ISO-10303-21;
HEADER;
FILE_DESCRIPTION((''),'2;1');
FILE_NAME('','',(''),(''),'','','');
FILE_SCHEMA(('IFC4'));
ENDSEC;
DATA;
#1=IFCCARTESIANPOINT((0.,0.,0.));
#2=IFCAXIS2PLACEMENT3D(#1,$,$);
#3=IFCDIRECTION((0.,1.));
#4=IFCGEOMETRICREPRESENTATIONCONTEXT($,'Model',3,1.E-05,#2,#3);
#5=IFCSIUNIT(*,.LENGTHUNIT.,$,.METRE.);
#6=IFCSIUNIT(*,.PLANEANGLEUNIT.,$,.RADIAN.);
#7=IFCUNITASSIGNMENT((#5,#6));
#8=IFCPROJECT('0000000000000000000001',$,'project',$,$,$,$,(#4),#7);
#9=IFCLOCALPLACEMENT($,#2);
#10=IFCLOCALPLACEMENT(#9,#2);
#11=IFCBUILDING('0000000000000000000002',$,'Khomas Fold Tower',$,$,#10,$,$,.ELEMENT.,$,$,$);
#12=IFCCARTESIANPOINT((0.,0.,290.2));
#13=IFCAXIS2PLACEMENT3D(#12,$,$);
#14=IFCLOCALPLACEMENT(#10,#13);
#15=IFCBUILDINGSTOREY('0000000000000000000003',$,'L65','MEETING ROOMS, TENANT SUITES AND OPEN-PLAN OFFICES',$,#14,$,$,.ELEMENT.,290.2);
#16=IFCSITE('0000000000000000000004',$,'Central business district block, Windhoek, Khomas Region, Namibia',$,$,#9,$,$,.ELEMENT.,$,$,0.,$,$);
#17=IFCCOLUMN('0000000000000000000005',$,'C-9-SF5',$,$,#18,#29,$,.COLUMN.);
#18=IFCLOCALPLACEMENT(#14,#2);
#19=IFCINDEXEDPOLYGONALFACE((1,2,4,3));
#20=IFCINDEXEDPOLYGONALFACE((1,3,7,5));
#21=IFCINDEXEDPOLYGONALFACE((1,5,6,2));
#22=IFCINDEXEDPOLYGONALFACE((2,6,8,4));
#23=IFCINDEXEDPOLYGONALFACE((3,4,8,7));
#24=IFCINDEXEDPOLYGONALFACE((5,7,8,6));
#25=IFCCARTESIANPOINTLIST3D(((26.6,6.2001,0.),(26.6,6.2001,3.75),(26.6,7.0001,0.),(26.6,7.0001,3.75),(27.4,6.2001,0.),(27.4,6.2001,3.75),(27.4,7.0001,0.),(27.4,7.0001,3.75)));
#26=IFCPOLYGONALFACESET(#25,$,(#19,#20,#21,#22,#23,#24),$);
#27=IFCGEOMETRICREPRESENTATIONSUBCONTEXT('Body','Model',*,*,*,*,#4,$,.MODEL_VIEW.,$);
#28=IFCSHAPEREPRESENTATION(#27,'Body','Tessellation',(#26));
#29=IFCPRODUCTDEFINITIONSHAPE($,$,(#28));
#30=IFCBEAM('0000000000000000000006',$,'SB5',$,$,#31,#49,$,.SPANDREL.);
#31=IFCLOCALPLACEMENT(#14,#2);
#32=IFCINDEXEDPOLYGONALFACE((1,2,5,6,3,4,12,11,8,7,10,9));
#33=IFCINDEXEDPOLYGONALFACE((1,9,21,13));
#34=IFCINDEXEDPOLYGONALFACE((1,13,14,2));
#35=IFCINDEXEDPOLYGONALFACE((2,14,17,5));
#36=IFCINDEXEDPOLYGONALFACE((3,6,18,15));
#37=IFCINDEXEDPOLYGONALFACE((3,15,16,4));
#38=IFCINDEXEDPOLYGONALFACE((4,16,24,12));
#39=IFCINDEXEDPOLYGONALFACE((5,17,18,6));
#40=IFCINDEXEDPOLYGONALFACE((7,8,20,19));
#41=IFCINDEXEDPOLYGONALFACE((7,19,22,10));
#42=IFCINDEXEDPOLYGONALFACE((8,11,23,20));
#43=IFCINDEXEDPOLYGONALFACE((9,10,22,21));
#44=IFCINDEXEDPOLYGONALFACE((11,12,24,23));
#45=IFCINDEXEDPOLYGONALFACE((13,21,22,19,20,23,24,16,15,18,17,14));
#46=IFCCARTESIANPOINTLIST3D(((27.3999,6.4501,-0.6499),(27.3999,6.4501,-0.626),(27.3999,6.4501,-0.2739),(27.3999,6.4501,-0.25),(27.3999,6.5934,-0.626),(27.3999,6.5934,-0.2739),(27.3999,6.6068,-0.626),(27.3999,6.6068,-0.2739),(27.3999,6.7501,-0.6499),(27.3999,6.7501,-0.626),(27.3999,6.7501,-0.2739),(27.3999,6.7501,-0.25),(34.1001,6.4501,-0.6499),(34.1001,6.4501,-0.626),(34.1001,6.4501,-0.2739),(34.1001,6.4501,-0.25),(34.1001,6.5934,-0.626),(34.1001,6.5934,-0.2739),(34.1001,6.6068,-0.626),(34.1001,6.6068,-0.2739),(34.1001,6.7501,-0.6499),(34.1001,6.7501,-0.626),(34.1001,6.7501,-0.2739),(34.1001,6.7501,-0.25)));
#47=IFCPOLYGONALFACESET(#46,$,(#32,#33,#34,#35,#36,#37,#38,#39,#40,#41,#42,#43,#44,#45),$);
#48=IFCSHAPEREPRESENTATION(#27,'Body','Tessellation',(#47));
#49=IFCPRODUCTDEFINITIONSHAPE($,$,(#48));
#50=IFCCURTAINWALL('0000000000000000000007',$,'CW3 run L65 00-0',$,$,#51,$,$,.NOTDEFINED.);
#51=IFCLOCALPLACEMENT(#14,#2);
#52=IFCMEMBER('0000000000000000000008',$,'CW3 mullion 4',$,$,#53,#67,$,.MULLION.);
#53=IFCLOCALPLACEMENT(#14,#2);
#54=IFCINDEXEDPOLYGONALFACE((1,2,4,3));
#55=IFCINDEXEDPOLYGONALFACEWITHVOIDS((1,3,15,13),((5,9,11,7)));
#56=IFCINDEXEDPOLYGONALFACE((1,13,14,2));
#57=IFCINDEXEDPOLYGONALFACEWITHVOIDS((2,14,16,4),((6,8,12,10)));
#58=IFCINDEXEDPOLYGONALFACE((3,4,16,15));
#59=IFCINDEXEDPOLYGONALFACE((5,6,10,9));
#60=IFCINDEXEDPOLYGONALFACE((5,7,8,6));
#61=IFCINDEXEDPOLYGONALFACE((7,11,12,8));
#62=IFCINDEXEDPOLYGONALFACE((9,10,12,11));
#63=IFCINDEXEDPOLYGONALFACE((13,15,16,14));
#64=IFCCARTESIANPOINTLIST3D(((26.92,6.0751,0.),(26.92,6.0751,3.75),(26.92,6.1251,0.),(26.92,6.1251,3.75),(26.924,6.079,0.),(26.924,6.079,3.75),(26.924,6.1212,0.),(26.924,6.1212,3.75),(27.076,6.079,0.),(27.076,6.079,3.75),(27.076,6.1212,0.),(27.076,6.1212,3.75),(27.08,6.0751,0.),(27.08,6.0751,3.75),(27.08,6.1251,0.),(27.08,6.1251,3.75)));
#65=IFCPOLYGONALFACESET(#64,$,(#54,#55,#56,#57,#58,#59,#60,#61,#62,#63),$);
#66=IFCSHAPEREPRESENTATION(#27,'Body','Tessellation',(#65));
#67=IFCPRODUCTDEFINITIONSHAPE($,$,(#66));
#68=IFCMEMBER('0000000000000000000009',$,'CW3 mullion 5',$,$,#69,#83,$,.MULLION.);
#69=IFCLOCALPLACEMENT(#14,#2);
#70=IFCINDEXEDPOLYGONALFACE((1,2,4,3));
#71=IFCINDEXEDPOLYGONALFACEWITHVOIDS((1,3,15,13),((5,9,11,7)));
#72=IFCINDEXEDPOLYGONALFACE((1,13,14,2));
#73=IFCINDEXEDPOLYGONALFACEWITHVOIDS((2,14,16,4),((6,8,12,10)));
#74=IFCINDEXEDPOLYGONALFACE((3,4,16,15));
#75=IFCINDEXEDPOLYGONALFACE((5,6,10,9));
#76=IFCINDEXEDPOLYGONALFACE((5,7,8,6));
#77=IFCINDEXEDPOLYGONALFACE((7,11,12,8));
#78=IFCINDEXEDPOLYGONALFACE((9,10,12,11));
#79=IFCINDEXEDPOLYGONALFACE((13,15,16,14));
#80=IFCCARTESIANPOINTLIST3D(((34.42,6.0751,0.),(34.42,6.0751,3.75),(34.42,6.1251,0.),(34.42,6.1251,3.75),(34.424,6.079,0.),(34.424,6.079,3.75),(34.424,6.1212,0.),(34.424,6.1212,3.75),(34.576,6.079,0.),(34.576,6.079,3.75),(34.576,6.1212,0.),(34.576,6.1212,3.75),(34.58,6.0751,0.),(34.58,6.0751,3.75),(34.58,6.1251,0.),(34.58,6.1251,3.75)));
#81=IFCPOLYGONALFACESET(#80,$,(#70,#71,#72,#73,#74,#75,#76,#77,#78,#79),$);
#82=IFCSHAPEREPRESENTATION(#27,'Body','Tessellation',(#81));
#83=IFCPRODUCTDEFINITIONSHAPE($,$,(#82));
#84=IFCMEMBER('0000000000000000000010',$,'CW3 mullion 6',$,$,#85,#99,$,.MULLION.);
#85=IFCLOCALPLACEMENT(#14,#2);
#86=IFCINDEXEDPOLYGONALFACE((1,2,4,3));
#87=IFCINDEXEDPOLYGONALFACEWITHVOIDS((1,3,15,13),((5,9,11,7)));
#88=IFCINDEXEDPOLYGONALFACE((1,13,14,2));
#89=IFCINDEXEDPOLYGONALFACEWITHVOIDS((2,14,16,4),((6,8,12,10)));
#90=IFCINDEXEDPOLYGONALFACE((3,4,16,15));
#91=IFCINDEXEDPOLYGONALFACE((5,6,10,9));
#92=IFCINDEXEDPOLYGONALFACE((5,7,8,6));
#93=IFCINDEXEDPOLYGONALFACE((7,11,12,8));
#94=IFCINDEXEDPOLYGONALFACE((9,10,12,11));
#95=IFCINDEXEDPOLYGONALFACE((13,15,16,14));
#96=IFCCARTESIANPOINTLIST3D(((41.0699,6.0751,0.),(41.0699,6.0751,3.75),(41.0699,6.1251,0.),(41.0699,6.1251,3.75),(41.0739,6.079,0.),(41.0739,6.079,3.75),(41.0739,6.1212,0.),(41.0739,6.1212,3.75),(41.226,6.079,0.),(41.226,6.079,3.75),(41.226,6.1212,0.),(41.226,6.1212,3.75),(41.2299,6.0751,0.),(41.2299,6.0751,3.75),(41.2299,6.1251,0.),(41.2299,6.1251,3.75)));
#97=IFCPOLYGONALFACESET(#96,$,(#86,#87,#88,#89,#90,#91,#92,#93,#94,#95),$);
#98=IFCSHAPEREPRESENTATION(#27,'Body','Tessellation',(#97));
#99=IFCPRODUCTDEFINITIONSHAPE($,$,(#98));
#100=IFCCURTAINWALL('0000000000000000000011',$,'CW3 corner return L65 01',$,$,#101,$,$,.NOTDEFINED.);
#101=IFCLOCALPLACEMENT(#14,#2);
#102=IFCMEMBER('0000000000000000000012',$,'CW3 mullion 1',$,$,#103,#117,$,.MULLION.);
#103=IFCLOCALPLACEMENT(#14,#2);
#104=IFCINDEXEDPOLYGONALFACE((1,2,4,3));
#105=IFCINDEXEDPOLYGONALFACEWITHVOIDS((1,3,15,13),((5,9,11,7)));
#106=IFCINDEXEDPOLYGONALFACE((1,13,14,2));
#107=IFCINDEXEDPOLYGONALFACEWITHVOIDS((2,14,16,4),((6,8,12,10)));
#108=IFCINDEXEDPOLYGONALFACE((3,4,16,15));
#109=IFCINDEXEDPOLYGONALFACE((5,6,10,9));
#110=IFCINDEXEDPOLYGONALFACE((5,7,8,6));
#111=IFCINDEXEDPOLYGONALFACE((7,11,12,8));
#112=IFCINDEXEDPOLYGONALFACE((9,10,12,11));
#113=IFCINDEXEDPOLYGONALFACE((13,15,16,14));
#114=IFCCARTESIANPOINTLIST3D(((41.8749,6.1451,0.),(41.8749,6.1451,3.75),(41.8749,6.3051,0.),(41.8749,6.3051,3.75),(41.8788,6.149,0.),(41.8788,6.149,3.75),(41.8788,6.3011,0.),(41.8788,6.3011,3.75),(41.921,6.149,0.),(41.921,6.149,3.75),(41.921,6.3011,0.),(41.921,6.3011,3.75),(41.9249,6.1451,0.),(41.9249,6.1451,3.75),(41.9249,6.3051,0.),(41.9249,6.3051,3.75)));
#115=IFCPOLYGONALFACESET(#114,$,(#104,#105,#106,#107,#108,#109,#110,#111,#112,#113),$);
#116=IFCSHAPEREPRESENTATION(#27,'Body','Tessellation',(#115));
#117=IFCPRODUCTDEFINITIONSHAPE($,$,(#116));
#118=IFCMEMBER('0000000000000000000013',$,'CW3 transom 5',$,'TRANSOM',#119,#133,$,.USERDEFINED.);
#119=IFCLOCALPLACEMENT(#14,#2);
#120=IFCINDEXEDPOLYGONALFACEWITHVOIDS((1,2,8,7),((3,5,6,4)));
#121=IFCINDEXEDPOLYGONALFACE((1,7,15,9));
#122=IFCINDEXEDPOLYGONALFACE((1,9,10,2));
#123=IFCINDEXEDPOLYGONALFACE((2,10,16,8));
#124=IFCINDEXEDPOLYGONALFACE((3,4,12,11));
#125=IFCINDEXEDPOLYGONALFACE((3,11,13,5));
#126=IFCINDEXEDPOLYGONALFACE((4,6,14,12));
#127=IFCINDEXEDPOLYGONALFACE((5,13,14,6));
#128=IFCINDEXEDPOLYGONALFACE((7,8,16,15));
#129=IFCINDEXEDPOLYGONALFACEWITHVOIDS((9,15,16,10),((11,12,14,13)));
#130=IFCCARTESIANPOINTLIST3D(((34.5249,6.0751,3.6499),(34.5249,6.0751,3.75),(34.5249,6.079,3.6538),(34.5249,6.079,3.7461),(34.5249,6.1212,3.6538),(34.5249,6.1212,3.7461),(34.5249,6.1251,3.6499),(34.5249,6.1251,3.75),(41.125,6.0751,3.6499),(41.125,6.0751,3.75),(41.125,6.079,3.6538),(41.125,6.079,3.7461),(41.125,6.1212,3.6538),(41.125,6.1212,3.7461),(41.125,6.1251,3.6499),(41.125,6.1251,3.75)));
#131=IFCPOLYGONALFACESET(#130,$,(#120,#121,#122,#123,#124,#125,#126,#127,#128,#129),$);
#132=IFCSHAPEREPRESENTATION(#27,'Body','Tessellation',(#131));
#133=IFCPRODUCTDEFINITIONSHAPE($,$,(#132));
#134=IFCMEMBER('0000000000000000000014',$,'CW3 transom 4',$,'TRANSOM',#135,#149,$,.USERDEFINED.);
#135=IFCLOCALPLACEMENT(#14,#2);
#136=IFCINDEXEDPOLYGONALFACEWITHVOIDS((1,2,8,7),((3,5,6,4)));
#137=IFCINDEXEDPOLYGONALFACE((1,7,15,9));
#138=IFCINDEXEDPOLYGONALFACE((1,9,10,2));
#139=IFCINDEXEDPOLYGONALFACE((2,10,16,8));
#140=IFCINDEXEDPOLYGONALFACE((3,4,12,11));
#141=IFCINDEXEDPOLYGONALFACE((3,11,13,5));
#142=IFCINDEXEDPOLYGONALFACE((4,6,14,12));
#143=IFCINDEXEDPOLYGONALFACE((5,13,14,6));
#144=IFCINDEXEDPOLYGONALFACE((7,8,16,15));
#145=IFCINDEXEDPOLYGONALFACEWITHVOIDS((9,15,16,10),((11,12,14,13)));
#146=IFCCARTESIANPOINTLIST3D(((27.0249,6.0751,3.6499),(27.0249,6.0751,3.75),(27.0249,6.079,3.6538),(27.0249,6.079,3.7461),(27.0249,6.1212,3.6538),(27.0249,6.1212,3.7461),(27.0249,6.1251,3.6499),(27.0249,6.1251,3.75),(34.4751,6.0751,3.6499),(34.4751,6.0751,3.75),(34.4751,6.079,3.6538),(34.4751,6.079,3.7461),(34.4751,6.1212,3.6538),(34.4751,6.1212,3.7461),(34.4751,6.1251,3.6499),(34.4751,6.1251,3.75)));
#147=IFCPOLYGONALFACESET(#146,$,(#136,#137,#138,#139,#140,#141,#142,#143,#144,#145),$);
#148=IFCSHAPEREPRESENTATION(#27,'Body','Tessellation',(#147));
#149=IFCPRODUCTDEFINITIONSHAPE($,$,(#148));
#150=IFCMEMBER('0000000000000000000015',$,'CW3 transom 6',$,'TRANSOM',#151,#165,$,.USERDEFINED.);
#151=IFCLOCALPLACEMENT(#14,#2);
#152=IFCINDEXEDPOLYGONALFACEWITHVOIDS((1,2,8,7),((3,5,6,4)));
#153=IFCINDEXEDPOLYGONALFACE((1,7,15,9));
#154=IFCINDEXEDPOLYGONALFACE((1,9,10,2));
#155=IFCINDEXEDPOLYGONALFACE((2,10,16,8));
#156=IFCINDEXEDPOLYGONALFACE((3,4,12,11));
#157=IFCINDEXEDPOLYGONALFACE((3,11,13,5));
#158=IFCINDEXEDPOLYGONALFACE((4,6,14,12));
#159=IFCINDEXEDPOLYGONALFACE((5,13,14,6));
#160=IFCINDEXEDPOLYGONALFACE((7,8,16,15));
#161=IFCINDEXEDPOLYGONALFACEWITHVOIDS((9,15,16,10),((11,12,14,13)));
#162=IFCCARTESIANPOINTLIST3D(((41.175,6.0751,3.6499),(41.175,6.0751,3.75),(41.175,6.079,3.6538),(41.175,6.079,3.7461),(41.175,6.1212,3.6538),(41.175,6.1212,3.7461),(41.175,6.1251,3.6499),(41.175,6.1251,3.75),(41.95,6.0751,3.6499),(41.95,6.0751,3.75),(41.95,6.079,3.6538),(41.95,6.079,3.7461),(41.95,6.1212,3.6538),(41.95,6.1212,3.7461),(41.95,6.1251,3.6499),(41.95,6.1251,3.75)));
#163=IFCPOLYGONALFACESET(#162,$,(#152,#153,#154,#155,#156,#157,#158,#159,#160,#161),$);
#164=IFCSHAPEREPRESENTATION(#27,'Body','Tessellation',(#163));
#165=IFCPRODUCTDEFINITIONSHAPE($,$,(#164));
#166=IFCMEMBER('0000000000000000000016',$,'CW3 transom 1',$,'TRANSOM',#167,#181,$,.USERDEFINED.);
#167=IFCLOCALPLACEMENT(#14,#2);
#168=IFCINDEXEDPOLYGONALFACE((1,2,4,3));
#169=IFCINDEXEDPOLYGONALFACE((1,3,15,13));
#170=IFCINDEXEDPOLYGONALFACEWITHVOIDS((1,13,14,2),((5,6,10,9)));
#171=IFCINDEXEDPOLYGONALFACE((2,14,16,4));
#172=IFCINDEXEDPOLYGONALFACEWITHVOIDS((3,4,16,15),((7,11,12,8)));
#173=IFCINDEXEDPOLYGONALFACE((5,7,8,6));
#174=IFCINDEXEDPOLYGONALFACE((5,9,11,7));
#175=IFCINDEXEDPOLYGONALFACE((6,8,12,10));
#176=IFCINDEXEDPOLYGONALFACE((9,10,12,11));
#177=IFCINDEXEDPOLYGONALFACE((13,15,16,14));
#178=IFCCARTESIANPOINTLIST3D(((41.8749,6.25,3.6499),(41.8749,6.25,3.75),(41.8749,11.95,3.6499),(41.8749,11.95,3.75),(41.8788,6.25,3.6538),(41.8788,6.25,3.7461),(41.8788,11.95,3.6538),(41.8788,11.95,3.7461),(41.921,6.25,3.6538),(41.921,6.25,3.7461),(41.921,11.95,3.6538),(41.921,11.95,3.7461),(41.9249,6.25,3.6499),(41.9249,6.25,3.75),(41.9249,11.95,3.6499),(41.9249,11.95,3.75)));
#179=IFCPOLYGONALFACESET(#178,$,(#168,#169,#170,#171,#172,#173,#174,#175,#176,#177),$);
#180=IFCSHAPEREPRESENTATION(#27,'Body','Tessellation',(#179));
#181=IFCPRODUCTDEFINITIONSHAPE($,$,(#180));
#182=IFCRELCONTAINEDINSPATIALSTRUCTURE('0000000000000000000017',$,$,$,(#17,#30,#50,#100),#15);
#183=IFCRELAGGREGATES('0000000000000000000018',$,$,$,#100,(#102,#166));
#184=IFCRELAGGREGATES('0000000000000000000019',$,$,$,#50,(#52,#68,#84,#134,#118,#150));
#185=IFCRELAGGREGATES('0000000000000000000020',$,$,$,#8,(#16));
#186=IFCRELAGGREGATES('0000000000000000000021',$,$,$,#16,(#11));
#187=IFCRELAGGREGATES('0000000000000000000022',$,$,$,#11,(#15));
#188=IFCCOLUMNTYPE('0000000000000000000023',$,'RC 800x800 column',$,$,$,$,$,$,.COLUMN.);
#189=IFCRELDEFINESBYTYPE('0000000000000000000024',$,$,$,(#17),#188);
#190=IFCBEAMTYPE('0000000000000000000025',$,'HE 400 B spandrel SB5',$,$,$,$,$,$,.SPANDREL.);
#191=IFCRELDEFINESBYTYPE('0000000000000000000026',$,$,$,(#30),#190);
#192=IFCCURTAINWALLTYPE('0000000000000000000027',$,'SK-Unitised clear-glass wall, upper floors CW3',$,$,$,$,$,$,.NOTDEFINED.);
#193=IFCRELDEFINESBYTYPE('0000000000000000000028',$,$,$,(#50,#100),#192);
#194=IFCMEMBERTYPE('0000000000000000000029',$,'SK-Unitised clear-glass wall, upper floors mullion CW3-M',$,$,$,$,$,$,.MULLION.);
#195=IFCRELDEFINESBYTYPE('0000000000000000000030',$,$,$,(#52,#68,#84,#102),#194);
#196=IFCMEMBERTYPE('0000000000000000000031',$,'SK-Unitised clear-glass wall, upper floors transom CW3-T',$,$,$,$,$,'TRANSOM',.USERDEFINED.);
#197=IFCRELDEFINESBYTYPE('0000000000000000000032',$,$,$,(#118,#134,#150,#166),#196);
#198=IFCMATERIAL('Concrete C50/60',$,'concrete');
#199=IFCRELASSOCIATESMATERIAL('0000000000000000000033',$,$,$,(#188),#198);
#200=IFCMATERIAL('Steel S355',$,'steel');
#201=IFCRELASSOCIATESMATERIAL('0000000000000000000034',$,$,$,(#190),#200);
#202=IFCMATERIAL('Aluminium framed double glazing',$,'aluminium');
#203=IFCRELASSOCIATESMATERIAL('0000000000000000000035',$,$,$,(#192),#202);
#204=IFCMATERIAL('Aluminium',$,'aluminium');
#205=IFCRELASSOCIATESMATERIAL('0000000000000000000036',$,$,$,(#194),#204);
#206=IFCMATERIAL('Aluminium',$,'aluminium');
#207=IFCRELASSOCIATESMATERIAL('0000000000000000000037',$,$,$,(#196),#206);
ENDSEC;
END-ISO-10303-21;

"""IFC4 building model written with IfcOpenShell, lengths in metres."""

from ifc_helpers import new_model, si_unit, direction, frame, origin, origin_2d, place, context, subcontext, project, spatial, rectangle, hollow_rectangle, i_section, extrude, source, transform, mapped, material, material_profile, profile_set, type_object, element, aggregate, save


model = new_model("IFC4")

# Units and contexts
model_context = context("Model", 3, precision=1e-05, world=origin(), true_north=direction((0.0, 1.0)))
body_context = subcontext(model_context, "Body", "Model", "MODEL_VIEW")
ifc_project = project(units=[si_unit("LENGTHUNIT", "METRE"), si_unit("PLANEANGLEUNIT", "RADIAN")], contexts=[model_context])

# Site, building, storey
site_placement = place(None, origin())
site = spatial("IfcSite", under=ifc_project, at=site_placement, Name="Central business district block, Windhoek, Khomas Region, Namibia", CompositionType="ELEMENT", RefElevation=0.0)
building_placement = place(site_placement, origin())
building = spatial("IfcBuilding", under=site, at=building_placement, Name="Khomas Fold Tower", CompositionType="ELEMENT")
storey_placement = place(building_placement, frame((0.0, 0.0, 290.2)))
storey = spatial("IfcBuildingStorey", under=building, at=storey_placement, Name="L65", Description="MEETING ROOMS, TENANT SUITES AND OPEN-PLAN OFFICES", CompositionType="ELEMENT", Elevation=290.2)

# Column
ifc_material_1 = material(Name="Concrete C50/60", Category="concrete")
ifc_material_profile_1 = material_profile(ifc_material_1, rectangle(XDim=0.8, YDim=0.8, at=origin_2d()), Name="RC 800x800")
ifc_profile_set_1 = profile_set([ifc_material_profile_1], Name="Concrete C50/60")
column_type = type_object("IfcColumnType", Name="RC 800x800 column", PredefinedType="COLUMN", material=ifc_profile_set_1)
shared_shape_1 = source(origin(), body_context, "Body", "SweptSolid", [
    extrude(rectangle(XDim=0.8, YDim=0.8, at=origin_2d()), origin(), (0.0, 0.0, 1.0), 3.75),
])
column_placement = place(storey_placement, frame((27.0, 6.6001, 0.0), z_axis=(0.0, 0.0, 1.0), x_axis=(1.0, 0.0, 0.0)))
element("IfcColumn", 1, at=column_placement, inside=storey, type_object=column_type, Name="C-9-SF5", PredefinedType="COLUMN", context=body_context, shape_type="MappedRepresentation", body=[
    mapped(shared_shape_1, transform((0.0, 0.0, 0.0))),
])

# Beam
ifc_material_2 = material(Name="Steel S355", Category="steel")
ifc_material_profile_2 = material_profile(ifc_material_2, i_section(OverallWidth=0.3, OverallDepth=0.3999, WebThickness=0.0134, FlangeThickness=0.0239, at=origin_2d()), Name="HE 400 B")
ifc_profile_set_2 = profile_set([ifc_material_profile_2], Name="Steel S355")
beam_type = type_object("IfcBeamType", Name="HE 400 B spandrel SB5", PredefinedType="SPANDREL", material=ifc_profile_set_2)
shared_shape_2 = source(origin(), body_context, "Body", "SweptSolid", [
    extrude(i_section(OverallWidth=0.3, OverallDepth=0.3999, WebThickness=0.0134, FlangeThickness=0.0239, at=origin_2d()), origin(), (0.0, 0.0, 1.0), 6.7002),
])
beam_placement = place(storey_placement, frame((27.3999, 6.6001, -0.45), z_axis=(1.0, 0.0, 0.0), x_axis=(0.0, 1.0, 0.0)))
element("IfcBeam", 2, at=beam_placement, inside=storey, type_object=beam_type, Name="SB5", PredefinedType="SPANDREL", context=body_context, shape_type="MappedRepresentation", body=[
    mapped(shared_shape_2, transform((0.0, 0.0, 0.0))),
])

# Curtain wall, members
ifc_material_3 = material(Name="Aluminium framed double glazing", Category="aluminium")
curtain_wall_type = type_object("IfcCurtainWallType", Name="SK-Unitised clear-glass wall, upper floors CW3", PredefinedType="NOTDEFINED", material=ifc_material_3)
curtain_wall_1_placement = place(storey_placement, origin())
curtain_wall_1 = element("IfcCurtainWall", 3, at=curtain_wall_1_placement, inside=storey, type_object=curtain_wall_type, Name="CW3 run L65 00-0", PredefinedType="NOTDEFINED")
ifc_material_4 = material(Name="Aluminium", Category="aluminium")
ifc_material_profile_3 = material_profile(ifc_material_4, hollow_rectangle(XDim=0.05, YDim=0.1599, WallThickness=0.0039, at=origin_2d()), Name="SK-Unitised clear-glass wall, upper floors mullion CW3-M")
ifc_profile_set_3 = profile_set([ifc_material_profile_3], Name="Aluminium")
member_type_1 = type_object("IfcMemberType", Name="SK-Unitised clear-glass wall, upper floors mullion CW3-M", PredefinedType="MULLION", material=ifc_profile_set_3)
shared_shape_3 = source(origin(), body_context, "Body", "SweptSolid", [
    extrude(hollow_rectangle(XDim=0.05, YDim=0.1599, WallThickness=0.0039, at=origin_2d()), origin(), (0.0, 0.0, 1.0), 3.75),
])
member_1_placement = place(storey_placement, frame((27.0, 6.1001, 0.0), z_axis=(0.0, 0.0, 1.0), x_axis=(0.0, 1.0, 0.0)))
member_1 = element("IfcMember", 4, at=member_1_placement, type_object=member_type_1, Name="CW3 mullion 4", PredefinedType="MULLION", context=body_context, shape_type="MappedRepresentation", body=[
    mapped(shared_shape_3, transform((0.0, 0.0, 0.0))),
])
member_2_placement = place(storey_placement, frame((34.5, 6.1001, 0.0), z_axis=(0.0, 0.0, 1.0), x_axis=(0.0, 1.0, 0.0)))
member_2 = element("IfcMember", 5, at=member_2_placement, type_object=member_type_1, Name="CW3 mullion 5", PredefinedType="MULLION", context=body_context, shape_type="MappedRepresentation", body=[
    mapped(shared_shape_3, transform((0.0, 0.0, 0.0))),
])
member_3_placement = place(storey_placement, frame((41.1499, 6.1001, 0.0), z_axis=(0.0, 0.0, 1.0), x_axis=(0.0, 1.0, 0.0)))
member_3 = element("IfcMember", 6, at=member_3_placement, type_object=member_type_1, Name="CW3 mullion 6", PredefinedType="MULLION", context=body_context, shape_type="MappedRepresentation", body=[
    mapped(shared_shape_3, transform((0.0, 0.0, 0.0))),
])

# Curtain wall, member
curtain_wall_2_placement = place(storey_placement, origin())
curtain_wall_2 = element("IfcCurtainWall", 7, at=curtain_wall_2_placement, inside=storey, type_object=curtain_wall_type, Name="CW3 corner return L65 01", PredefinedType="NOTDEFINED")
member_4_placement = place(storey_placement, frame((41.8999, 6.2251, 0.0), z_axis=(0.0, 0.0, 1.0), x_axis=(-1.0, 0.0, 0.0)))
member_4 = element("IfcMember", 8, at=member_4_placement, type_object=member_type_1, Name="CW3 mullion 1", PredefinedType="MULLION", context=body_context, shape_type="MappedRepresentation", body=[
    mapped(shared_shape_3, transform((0.0, 0.0, 0.0))),
])

# Members
ifc_material_5 = material(Name="Aluminium", Category="aluminium")
ifc_material_profile_4 = material_profile(ifc_material_5, hollow_rectangle(XDim=0.05, YDim=0.1001, WallThickness=0.0039, at=origin_2d()), Name="SK-Unitised clear-glass wall, upper floors transom CW3-T")
ifc_profile_set_4 = profile_set([ifc_material_profile_4], Name="Aluminium")
member_type_2 = type_object("IfcMemberType", Name="SK-Unitised clear-glass wall, upper floors transom CW3-T", ElementType="TRANSOM", PredefinedType="USERDEFINED", material=ifc_profile_set_4)
shared_shape_4 = source(origin(), body_context, "Body", "SweptSolid", [
    extrude(hollow_rectangle(XDim=0.05, YDim=0.1001, WallThickness=0.0039, at=origin_2d()), origin(), (0.0, 0.0, 1.0), 6.6001),
])
member_5_placement = place(storey_placement, frame((34.5249, 6.1001, 3.7), z_axis=(1.0, 0.0, 0.0), x_axis=(0.0, 1.0, 0.0)))
member_5 = element("IfcMember", 9, at=member_5_placement, type_object=member_type_2, Name="CW3 transom 5", ObjectType="TRANSOM", PredefinedType="USERDEFINED", context=body_context, shape_type="MappedRepresentation", body=[
    mapped(shared_shape_4, transform((0.0, 0.0, 0.0))),
])
shared_shape_5 = source(origin(), body_context, "Body", "SweptSolid", [
    extrude(hollow_rectangle(XDim=0.05, YDim=0.1001, WallThickness=0.0039, at=origin_2d()), origin(), (0.0, 0.0, 1.0), 7.4502),
])
member_6_placement = place(storey_placement, frame((27.0249, 6.1001, 3.7), z_axis=(1.0, 0.0, 0.0), x_axis=(0.0, 1.0, 0.0)))
member_6 = element("IfcMember", 10, at=member_6_placement, type_object=member_type_2, Name="CW3 transom 4", ObjectType="TRANSOM", PredefinedType="USERDEFINED", context=body_context, shape_type="MappedRepresentation", body=[
    mapped(shared_shape_5, transform((0.0, 0.0, 0.0))),
])
shared_shape_6 = source(origin(), body_context, "Body", "SweptSolid", [
    extrude(hollow_rectangle(XDim=0.05, YDim=0.1001, WallThickness=0.0039, at=origin_2d()), origin(), (0.0, 0.0, 1.0), 0.7749),
])
member_7_placement = place(storey_placement, frame((41.175, 6.1001, 3.7), z_axis=(1.0, 0.0, 0.0), x_axis=(0.0, 1.0, 0.0)))
member_7 = element("IfcMember", 11, at=member_7_placement, type_object=member_type_2, Name="CW3 transom 6", ObjectType="TRANSOM", PredefinedType="USERDEFINED", context=body_context, shape_type="MappedRepresentation", body=[
    mapped(shared_shape_6, transform((0.0, 0.0, 0.0))),
])
shared_shape_7 = source(origin(), body_context, "Body", "SweptSolid", [
    extrude(hollow_rectangle(XDim=0.05, YDim=0.1001, WallThickness=0.0039, at=origin_2d()), origin(), (0.0, 0.0, 1.0), 5.7),
])
member_8_placement = place(storey_placement, frame((41.8999, 6.25, 3.7), z_axis=(0.0, 1.0, 0.0), x_axis=(-1.0, 0.0, 0.0)))
member_8 = element("IfcMember", 12, at=member_8_placement, type_object=member_type_2, Name="CW3 transom 1", ObjectType="TRANSOM", PredefinedType="USERDEFINED", context=body_context, shape_type="MappedRepresentation", body=[
    mapped(shared_shape_7, transform((0.0, 0.0, 0.0))),
])
aggregate(curtain_wall_2, [member_4, member_8])

aggregate(curtain_wall_1, [member_1, member_2, member_3, member_6, member_5, member_7])

save(model, "model.ifc")
